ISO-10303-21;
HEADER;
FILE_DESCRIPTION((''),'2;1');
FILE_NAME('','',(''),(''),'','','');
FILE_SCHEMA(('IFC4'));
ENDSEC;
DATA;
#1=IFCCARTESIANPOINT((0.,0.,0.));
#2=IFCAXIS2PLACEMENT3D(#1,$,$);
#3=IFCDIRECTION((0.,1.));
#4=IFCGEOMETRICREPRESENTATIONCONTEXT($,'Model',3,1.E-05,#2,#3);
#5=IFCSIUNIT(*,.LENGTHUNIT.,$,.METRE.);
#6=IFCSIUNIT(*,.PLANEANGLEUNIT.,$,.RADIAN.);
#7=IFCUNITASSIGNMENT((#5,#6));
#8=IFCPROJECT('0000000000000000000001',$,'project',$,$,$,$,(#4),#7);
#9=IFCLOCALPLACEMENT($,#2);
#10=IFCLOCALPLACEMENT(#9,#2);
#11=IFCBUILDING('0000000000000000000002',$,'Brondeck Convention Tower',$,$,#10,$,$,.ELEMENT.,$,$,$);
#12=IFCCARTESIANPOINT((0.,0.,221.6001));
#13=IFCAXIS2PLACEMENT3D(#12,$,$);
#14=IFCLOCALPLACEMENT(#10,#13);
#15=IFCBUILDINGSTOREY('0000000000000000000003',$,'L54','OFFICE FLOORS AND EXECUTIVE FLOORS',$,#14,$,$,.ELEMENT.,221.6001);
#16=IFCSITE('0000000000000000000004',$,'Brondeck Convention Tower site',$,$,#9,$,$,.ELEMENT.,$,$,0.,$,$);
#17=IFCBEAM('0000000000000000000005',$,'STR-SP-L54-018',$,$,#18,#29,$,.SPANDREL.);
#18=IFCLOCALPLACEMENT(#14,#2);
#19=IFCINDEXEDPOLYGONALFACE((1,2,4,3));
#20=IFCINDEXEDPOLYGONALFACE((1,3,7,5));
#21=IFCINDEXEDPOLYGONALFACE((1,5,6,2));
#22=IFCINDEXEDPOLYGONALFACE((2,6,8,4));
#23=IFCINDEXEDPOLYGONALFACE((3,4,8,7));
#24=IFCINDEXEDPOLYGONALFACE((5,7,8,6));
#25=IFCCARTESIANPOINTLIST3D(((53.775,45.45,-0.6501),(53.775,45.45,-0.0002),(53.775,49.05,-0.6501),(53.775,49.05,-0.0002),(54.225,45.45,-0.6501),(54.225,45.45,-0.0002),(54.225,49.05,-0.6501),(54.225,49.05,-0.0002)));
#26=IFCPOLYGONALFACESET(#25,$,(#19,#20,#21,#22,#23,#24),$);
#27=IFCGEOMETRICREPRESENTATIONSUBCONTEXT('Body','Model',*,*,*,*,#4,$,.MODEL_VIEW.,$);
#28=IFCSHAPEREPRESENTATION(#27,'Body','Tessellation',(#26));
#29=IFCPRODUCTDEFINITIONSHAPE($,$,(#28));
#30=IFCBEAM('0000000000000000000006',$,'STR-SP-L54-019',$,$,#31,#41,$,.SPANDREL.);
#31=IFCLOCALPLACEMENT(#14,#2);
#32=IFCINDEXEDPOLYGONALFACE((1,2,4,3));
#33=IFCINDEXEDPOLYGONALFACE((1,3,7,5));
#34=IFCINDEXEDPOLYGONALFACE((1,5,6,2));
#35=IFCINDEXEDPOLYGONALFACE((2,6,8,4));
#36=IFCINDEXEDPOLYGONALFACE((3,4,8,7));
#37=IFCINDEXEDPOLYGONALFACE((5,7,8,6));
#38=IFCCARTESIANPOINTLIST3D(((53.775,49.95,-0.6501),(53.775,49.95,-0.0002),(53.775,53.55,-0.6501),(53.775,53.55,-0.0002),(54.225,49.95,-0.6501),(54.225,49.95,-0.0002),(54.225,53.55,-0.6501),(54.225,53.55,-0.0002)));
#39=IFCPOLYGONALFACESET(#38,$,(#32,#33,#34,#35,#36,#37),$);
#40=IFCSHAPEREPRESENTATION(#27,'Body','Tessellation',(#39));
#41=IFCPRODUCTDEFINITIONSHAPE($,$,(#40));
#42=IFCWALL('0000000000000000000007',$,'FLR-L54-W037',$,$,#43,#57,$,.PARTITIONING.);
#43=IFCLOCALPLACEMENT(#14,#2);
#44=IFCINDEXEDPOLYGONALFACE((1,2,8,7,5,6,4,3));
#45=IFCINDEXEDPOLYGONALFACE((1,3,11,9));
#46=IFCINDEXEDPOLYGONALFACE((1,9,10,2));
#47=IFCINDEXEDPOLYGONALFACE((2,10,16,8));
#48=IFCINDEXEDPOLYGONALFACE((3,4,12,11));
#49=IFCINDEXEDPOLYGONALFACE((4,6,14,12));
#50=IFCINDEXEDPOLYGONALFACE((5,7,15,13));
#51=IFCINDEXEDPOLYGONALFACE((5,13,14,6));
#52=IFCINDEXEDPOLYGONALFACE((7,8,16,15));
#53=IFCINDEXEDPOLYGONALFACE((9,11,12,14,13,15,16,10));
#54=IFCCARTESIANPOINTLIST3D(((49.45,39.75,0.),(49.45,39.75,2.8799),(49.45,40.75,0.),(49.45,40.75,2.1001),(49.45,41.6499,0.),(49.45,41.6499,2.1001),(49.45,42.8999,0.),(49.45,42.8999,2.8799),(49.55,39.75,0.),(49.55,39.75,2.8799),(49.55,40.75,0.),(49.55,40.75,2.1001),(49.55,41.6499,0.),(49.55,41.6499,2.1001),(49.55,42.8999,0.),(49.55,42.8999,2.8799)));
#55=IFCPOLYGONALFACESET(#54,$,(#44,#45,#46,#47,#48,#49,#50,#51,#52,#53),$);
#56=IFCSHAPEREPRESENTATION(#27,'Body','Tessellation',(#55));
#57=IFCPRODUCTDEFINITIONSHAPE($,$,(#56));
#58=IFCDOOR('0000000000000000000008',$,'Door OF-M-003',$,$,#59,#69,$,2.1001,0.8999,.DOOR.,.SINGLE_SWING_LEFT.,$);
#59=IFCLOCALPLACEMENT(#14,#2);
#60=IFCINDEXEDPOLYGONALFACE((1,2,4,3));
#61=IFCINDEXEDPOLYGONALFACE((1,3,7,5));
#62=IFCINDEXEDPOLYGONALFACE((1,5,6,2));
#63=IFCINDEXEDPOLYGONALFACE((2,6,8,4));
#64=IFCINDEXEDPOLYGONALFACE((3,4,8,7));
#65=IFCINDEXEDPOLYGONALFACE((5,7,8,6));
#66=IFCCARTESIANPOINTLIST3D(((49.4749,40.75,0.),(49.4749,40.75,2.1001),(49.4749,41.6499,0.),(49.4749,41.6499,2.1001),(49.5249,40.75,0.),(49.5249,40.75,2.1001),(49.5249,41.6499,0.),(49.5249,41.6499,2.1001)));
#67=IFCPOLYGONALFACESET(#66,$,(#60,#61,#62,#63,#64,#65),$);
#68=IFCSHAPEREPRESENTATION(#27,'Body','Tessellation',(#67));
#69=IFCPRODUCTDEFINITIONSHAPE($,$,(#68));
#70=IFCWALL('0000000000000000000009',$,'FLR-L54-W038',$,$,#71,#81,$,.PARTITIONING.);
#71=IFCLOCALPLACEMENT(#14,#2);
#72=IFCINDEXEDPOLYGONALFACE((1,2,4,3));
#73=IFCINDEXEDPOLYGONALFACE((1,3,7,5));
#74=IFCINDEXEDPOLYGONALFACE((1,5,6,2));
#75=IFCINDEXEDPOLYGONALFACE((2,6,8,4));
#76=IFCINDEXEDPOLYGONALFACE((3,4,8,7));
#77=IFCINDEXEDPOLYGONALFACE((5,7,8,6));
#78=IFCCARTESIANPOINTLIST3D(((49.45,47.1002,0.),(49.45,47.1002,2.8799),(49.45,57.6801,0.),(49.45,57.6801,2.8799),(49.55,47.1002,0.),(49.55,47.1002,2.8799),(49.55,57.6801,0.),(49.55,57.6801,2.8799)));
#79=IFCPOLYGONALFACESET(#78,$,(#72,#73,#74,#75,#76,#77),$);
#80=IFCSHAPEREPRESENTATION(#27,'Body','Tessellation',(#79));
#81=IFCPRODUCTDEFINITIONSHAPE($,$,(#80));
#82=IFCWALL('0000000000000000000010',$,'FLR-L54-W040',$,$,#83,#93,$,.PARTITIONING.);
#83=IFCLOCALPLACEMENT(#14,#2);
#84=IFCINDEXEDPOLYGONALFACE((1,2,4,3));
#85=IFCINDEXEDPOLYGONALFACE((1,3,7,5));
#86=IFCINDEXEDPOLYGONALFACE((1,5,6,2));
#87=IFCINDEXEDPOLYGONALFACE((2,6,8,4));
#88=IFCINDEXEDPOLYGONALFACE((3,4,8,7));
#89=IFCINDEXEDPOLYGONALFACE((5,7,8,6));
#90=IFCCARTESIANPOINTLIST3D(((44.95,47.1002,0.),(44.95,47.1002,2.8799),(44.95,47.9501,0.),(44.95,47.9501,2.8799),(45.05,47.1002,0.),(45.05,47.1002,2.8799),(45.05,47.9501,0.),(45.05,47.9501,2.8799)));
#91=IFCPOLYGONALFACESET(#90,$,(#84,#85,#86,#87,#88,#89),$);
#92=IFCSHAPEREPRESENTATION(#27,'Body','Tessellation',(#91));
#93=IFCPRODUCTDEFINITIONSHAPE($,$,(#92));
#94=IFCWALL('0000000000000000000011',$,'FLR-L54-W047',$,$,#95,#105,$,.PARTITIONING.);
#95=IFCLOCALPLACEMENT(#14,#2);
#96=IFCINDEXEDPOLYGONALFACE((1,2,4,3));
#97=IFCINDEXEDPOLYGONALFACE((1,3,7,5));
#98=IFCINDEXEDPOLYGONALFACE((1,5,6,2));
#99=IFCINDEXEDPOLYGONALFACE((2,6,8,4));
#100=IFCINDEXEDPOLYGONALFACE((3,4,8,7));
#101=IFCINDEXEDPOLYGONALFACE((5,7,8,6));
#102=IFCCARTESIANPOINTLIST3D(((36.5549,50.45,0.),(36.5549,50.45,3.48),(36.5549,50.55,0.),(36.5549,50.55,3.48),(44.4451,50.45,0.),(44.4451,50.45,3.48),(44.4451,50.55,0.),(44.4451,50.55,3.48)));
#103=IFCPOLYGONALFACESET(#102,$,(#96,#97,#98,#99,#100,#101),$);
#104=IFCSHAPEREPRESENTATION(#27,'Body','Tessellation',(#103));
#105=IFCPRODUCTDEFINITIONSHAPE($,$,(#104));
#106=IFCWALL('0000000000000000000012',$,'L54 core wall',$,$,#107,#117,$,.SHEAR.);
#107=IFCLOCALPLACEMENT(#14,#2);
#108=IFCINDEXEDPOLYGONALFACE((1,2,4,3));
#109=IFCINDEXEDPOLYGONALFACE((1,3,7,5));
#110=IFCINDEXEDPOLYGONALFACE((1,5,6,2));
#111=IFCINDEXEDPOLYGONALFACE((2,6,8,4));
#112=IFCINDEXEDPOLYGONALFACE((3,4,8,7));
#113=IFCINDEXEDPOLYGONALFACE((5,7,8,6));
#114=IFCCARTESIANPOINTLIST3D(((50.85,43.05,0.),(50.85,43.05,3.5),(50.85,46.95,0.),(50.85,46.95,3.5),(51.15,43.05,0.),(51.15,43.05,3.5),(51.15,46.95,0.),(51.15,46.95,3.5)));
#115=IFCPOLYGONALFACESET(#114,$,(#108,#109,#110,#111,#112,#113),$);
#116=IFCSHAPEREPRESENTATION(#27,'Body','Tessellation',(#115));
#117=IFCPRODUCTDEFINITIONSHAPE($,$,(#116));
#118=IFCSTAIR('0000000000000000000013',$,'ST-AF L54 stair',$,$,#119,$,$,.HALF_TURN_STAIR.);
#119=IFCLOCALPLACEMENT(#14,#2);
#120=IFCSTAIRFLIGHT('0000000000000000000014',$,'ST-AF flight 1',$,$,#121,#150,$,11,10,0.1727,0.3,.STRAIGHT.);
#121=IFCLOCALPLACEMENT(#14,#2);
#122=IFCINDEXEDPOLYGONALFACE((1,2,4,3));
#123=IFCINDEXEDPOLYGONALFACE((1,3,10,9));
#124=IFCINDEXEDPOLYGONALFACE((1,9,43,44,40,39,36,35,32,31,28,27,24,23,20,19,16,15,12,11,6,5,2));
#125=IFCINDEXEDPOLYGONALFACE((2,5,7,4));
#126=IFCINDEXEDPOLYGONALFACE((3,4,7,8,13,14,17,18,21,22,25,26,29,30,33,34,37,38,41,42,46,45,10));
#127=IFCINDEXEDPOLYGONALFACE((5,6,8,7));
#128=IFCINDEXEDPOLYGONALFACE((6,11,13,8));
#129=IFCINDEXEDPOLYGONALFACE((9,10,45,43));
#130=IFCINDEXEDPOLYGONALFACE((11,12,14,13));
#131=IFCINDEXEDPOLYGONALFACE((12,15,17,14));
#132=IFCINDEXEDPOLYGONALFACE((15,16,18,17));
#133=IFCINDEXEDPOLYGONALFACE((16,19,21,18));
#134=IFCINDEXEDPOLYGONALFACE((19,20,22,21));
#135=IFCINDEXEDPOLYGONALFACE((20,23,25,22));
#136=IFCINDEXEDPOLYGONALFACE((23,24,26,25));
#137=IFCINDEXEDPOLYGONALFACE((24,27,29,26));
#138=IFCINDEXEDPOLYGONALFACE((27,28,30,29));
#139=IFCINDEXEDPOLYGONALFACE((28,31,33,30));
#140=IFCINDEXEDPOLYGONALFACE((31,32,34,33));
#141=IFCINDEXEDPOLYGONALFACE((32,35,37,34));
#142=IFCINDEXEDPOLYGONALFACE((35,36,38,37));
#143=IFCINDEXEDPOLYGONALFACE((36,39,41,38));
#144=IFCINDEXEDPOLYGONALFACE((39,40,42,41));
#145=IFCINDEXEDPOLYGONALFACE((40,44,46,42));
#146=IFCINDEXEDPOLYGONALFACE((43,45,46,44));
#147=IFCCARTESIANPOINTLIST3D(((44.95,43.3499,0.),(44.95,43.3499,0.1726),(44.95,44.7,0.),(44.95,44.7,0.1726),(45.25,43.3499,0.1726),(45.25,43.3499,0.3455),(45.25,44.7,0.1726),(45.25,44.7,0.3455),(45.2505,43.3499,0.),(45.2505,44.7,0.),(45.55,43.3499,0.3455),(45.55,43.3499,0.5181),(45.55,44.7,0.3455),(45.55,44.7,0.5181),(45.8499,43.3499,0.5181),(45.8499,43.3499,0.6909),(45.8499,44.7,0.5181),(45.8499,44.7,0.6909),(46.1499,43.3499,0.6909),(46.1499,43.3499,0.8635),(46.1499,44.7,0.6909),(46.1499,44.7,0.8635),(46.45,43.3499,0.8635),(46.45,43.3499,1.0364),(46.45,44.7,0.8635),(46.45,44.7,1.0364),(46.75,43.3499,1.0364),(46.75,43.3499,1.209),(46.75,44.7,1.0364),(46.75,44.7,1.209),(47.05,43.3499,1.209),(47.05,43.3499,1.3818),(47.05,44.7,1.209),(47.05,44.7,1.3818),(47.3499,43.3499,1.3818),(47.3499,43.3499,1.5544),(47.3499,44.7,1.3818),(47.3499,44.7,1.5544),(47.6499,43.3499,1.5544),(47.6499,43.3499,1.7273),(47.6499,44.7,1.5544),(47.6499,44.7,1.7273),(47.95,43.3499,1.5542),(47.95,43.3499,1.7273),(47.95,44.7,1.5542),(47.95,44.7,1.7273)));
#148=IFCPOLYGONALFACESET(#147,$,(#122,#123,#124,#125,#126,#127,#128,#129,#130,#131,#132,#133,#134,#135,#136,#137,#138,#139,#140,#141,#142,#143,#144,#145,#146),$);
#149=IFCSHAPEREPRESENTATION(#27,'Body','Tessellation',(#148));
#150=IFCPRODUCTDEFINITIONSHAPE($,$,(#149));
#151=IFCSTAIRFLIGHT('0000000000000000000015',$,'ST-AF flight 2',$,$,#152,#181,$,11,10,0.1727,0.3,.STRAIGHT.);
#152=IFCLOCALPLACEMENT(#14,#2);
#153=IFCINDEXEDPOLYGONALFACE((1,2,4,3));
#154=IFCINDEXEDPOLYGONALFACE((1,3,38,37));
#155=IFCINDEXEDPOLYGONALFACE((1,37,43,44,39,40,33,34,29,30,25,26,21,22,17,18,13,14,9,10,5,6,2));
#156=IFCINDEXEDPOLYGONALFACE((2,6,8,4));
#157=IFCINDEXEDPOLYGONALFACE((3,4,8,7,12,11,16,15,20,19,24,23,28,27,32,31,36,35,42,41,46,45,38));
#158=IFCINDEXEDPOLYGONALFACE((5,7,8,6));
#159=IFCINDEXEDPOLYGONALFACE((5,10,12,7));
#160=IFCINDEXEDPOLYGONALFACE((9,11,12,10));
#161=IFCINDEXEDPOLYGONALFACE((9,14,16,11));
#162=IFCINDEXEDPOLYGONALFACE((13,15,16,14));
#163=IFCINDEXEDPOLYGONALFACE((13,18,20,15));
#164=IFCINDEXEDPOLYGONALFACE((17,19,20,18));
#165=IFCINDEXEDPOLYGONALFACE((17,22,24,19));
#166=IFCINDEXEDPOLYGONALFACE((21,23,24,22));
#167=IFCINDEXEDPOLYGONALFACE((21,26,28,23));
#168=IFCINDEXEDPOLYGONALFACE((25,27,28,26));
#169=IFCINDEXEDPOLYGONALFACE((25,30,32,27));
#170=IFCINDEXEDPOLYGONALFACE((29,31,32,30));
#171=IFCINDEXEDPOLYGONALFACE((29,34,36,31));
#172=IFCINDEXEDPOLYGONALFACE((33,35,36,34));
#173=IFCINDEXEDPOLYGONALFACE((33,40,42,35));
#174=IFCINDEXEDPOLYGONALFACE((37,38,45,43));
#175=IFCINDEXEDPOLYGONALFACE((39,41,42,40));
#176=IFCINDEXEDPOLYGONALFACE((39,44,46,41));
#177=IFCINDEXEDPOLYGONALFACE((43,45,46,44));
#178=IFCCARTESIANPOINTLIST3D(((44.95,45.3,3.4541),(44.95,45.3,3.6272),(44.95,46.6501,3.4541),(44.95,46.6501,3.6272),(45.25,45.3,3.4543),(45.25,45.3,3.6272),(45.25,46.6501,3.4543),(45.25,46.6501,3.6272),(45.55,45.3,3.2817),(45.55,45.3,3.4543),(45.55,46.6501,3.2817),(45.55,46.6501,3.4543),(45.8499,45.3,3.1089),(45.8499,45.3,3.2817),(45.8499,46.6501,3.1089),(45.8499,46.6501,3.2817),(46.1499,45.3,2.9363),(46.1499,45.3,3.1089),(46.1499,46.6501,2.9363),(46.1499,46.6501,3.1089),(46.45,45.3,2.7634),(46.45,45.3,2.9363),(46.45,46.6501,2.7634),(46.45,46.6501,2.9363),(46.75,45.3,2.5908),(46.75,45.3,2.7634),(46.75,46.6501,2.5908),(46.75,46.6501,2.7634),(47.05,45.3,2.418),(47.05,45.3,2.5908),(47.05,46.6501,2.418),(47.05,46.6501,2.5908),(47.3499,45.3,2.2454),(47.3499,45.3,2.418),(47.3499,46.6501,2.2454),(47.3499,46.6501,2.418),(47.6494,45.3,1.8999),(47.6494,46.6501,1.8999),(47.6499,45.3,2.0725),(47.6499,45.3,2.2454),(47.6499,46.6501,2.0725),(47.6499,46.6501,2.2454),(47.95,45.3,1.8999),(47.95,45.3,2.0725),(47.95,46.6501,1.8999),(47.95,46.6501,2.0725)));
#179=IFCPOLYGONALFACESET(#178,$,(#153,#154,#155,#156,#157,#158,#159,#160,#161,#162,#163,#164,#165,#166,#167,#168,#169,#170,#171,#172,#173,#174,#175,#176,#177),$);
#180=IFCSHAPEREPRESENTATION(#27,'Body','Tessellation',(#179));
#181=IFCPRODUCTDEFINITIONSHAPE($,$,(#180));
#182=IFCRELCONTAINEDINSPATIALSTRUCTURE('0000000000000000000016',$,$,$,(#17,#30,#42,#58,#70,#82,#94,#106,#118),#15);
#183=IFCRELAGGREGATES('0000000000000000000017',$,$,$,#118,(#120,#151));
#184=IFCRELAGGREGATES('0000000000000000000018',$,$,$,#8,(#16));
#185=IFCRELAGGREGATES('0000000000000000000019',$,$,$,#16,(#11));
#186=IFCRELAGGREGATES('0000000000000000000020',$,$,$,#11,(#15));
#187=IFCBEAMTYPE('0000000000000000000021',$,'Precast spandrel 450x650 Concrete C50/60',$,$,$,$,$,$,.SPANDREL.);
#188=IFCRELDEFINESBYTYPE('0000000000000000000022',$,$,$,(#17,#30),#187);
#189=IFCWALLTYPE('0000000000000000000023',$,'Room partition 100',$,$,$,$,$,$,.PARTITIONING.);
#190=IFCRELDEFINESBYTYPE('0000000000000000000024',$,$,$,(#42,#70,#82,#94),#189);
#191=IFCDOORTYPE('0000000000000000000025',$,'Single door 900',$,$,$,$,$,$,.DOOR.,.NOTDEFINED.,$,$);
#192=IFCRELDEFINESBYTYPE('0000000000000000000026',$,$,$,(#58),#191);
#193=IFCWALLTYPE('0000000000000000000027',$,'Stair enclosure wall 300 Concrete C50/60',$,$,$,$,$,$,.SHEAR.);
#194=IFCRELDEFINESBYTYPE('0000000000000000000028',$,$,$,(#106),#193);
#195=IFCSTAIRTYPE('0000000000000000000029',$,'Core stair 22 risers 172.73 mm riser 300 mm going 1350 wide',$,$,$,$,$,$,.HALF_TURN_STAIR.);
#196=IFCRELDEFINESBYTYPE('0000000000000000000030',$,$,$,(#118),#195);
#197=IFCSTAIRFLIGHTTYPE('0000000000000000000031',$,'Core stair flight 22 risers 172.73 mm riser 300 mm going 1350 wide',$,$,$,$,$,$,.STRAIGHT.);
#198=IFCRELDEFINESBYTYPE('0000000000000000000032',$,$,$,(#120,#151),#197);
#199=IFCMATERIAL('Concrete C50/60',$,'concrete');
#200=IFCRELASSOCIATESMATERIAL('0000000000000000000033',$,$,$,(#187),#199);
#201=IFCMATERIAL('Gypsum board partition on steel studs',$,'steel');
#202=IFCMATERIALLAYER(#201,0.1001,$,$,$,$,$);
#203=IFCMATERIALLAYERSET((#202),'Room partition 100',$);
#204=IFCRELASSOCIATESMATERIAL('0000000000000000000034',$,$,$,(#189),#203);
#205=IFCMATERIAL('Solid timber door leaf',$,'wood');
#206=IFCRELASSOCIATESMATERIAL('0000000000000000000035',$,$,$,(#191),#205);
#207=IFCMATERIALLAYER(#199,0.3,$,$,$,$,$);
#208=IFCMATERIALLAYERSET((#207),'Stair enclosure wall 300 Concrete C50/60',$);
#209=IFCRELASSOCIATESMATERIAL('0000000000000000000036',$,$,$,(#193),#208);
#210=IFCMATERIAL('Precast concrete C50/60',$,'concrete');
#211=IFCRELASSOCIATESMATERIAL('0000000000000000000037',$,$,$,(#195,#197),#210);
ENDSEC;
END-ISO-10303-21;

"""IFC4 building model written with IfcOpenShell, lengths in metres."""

from ifc_helpers import new_model, si_unit, direction, frame, frame_2d, origin, origin_2d, place, context, subcontext, project, spatial, polyline, rectangle, outline, extrude, material, layer, layer_set, material_profile, profile_set, type_object, element, fill, aggregate, save


model = new_model("IFC4")

# Units and contexts
model_context = context("Model", 3, precision=1e-05, world=origin(), true_north=direction((0.0, 1.0)))
body_context = subcontext(model_context, "Body", "Model", "MODEL_VIEW")
ifc_project = project(units=[si_unit("LENGTHUNIT", "METRE"), si_unit("PLANEANGLEUNIT", "RADIAN")], contexts=[model_context])

# Site, building, storey
site_placement = place(None, origin())
site = spatial("IfcSite", under=ifc_project, at=site_placement, Name="Brondeck Convention Tower site", CompositionType="ELEMENT", RefElevation=0.0)
building_placement = place(site_placement, origin())
building = spatial("IfcBuilding", under=site, at=building_placement, Name="Brondeck Convention Tower", CompositionType="ELEMENT")
storey_placement = place(building_placement, frame((0.0, 0.0, 221.6001)))
storey = spatial("IfcBuildingStorey", under=building, at=storey_placement, Name="L54", Description="OFFICE FLOORS AND EXECUTIVE FLOORS", CompositionType="ELEMENT", Elevation=221.6001)

# Shared definitions
ifc_material_1 = material(Name="Concrete C50/60", Category="concrete")

# Beams
ifc_material_profile_1 = material_profile(ifc_material_1, rectangle(XDim=0.45, YDim=0.6499, at=origin_2d()), Name="Precast spandrel 450x650 Concrete C50/60")
ifc_profile_set_1 = profile_set([ifc_material_profile_1], Name="Concrete C50/60")
beam_type_1 = type_object("IfcBeamType", Name="Precast spandrel 450x650 Concrete C50/60", PredefinedType="SPANDREL", material=ifc_profile_set_1)
for number, where, z_axis, x_axis, name in (
    (1, (54.0, 45.45, -0.3252), (0.0, 1.0, 0.0), (-1.0, 0.0, 0.0), "STR-SP-L54-018"),
    (2, (54.0, 49.95, -0.3252), (0.0, 1.0, 0.0), (-1.0, 0.0, 0.0), "STR-SP-L54-019"),
):
    element("IfcBeam", number, at=place(storey_placement, frame(where, z_axis=z_axis, x_axis=x_axis)), inside=storey, type_object=beam_type_1, Name=name, PredefinedType="SPANDREL", context=body_context, shape_type="SweptSolid", body=[
        extrude(rectangle(XDim=0.45, YDim=0.6499, at=origin_2d()), origin(), (0.0, 0.0, 1.0), 3.6001),
    ])

# Wall, opening, door
ifc_material_2 = material(Name="Gypsum board partition on steel studs", Category="steel")
ifc_layer_1 = layer(ifc_material_2, 0.1001)
ifc_layer_set_1 = layer_set([ifc_layer_1], Name="Room partition 100")
wall_type_1 = type_object("IfcWallType", Name="Room partition 100", PredefinedType="PARTITIONING", material=ifc_layer_set_1)
wall_1_placement = place(storey_placement, frame((49.5, 42.8999, 0.0), z_axis=(0.0, 0.0, 1.0), x_axis=(0.0, -1.0, 0.0)))
wall_1 = element("IfcWall", 3, at=wall_1_placement, inside=storey, type_object=wall_type_1, Name="FLR-L54-W037", PredefinedType="PARTITIONING", context=body_context, shape_type="SweptSolid", body=[
    extrude(rectangle(XDim=3.1499, YDim=0.1001, at=frame_2d((1.575, 0.0))), origin(), (0.0, 0.0, 1.0), 2.8799),
])
opening_placement = place(wall_1_placement, frame((1.25, 0.0, 0.0)))
opening = element("IfcOpeningElement", 4, at=opening_placement, cuts=wall_1, PredefinedType="OPENING", context=body_context, shape_type="SweptSolid", body=[
    extrude(rectangle(XDim=0.8999, YDim=2.1001, at=frame_2d((0.45, 1.05))), frame((0.0, 0.0601, 0.0), z_axis=(0.0, -1.0, 0.0), x_axis=(1.0, 0.0, 0.0)), (0.0, 0.0, 1.0), 0.1201),
])
ifc_material_3 = material(Name="Solid timber door leaf", Category="wood")
door_type = type_object("IfcDoorType", Name="Single door 900", OperationType="NOTDEFINED", PredefinedType="DOOR", material=ifc_material_3)
door_placement = place(opening_placement, origin())
door = element("IfcDoor", 5, at=door_placement, inside=storey, type_object=door_type, Name="Door OF-M-003", OperationType="SINGLE_SWING_LEFT", OverallHeight=2.1001, OverallWidth=0.8999, PredefinedType="DOOR", context=body_context, shape_type="SweptSolid", body=[
    extrude(rectangle(XDim=0.8999, YDim=2.1001, at=frame_2d((0.45, 1.05))), frame((0.0, 0.0249, 0.0), z_axis=(0.0, -1.0, 0.0), x_axis=(1.0, 0.0, 0.0)), (0.0, 0.0, 1.0), 0.05),
])
fill(opening, door)

# Walls
wall_2_placement = place(storey_placement, frame((49.5, 47.1001, 0.0), z_axis=(0.0, 0.0, 1.0), x_axis=(0.0, 1.0, 0.0)))
element("IfcWall", 6, at=wall_2_placement, inside=storey, type_object=wall_type_1, Name="FLR-L54-W038", PredefinedType="PARTITIONING", context=body_context, shape_type="SweptSolid", body=[
    extrude(rectangle(XDim=10.5798, YDim=0.1001, at=frame_2d((5.29, 0.0))), origin(), (0.0, 0.0, 1.0), 2.8799),
])
wall_3_placement = place(storey_placement, frame((45.0, 47.95, 0.0), z_axis=(0.0, 0.0, 1.0), x_axis=(0.0, -1.0, 0.0)))
element("IfcWall", 7, at=wall_3_placement, inside=storey, type_object=wall_type_1, Name="FLR-L54-W040", PredefinedType="PARTITIONING", context=body_context, shape_type="SweptSolid", body=[
    extrude(rectangle(XDim=0.8499, YDim=0.1001, at=frame_2d((0.4248, 0.0))), origin(), (0.0, 0.0, 1.0), 2.8799),
])
wall_4_placement = place(storey_placement, frame((44.4451, 50.5, 0.0), z_axis=(0.0, 0.0, 1.0), x_axis=(-1.0, 0.0, 0.0)))
element("IfcWall", 8, at=wall_4_placement, inside=storey, type_object=wall_type_1, Name="FLR-L54-W047", PredefinedType="PARTITIONING", context=body_context, shape_type="SweptSolid", body=[
    extrude(rectangle(XDim=7.8901, YDim=0.1001, at=frame_2d((3.9451, 0.0))), origin(), (0.0, 0.0, 1.0), 3.48),
])
ifc_layer_2 = layer(ifc_material_1, 0.3)
ifc_layer_set_2 = layer_set([ifc_layer_2], Name="Stair enclosure wall 300 Concrete C50/60")
wall_type_2 = type_object("IfcWallType", Name="Stair enclosure wall 300 Concrete C50/60", PredefinedType="SHEAR", material=ifc_layer_set_2)
wall_5_placement = place(storey_placement, frame((51.0, 43.05, 0.0), z_axis=(0.0, 0.0, 1.0), x_axis=(0.0, 1.0, 0.0)))
element("IfcWall", 9, at=wall_5_placement, inside=storey, type_object=wall_type_2, Name="L54 core wall", PredefinedType="SHEAR", context=body_context, shape_type="SweptSolid", body=[
    extrude(rectangle(XDim=3.8999, YDim=0.3, at=frame_2d((1.95, 0.0))), origin(), (0.0, 0.0, 1.0), 3.5),
])

# Stair, stair flights
ifc_material_4 = material(Name="Precast concrete C50/60", Category="concrete")
stair_type = type_object("IfcStairType", Name="Core stair 22 risers 172.73 mm riser 300 mm going 1350 wide", PredefinedType="HALF_TURN_STAIR", material=ifc_material_4)
stair_placement = place(storey_placement, origin())
stair = element("IfcStair", 10, at=stair_placement, inside=storey, type_object=stair_type, Name="ST-AF L54 stair", PredefinedType="HALF_TURN_STAIR")
stair_flight_type = type_object("IfcStairFlightType", Name="Core stair flight 22 risers 172.73 mm riser 300 mm going 1350 wide", PredefinedType="STRAIGHT", material=ifc_material_4)
stair_flight_1_placement = place(storey_placement, frame((44.95, 44.0249, 0.0), z_axis=(0.0, 0.0, 1.0), x_axis=(1.0, 0.0, 0.0)))
stair_flight_1 = element("IfcStairFlight", 11, at=stair_flight_1_placement, type_object=stair_flight_type, Name="ST-AF flight 1", NumberOfRisers=11, NumberOfTreads=10, PredefinedType="STRAIGHT", RiserHeight=0.1727, TreadLength=0.3, context=body_context, shape_type="SweptSolid", body=[
    extrude(outline(polyline([(0.0, 0.0), (0.0, 0.1726), (0.3, 0.1726), (0.3, 0.3455), (0.6001, 0.3455), (0.6001, 0.5181), (0.8999, 0.5181), (0.8999, 0.6909), (1.2, 0.6909), (1.2, 0.8635), (1.5, 0.8635), (1.5, 1.0364), (1.8, 1.0364), (1.8, 1.209), (2.1001, 1.209), (2.1001, 1.3818), (2.3999, 1.3818), (2.3999, 1.5544), (2.7, 1.5544), (2.7, 1.7273), (3.0, 1.7273), (3.0, 1.8999), (3.0, 1.5542), (0.3005, 0.0), (0.0, 0.0)])), frame((0.0, 0.675, 0.0), z_axis=(0.0, -1.0, 0.0), x_axis=(1.0, 0.0, 0.0)), (0.0, 0.0, 1.0), 1.3501),
])
stair_flight_2_placement = place(storey_placement, frame((47.95, 45.9751, 1.8999), z_axis=(0.0, 0.0, 1.0), x_axis=(-1.0, 0.0, 0.0)))
stair_flight_2 = element("IfcStairFlight", 12, at=stair_flight_2_placement, type_object=stair_flight_type, Name="ST-AF flight 2", NumberOfRisers=11, NumberOfTreads=10, PredefinedType="STRAIGHT", RiserHeight=0.1727, TreadLength=0.3, context=body_context, shape_type="SweptSolid", body=[
    extrude(outline(polyline([(0.0, 0.0), (0.0, 0.1726), (0.3, 0.1726), (0.3, 0.3455), (0.6001, 0.3455), (0.6001, 0.5181), (0.8999, 0.5181), (0.8999, 0.6909), (1.2, 0.6909), (1.2, 0.8635), (1.5, 0.8635), (1.5, 1.0364), (1.8, 1.0364), (1.8, 1.209), (2.1001, 1.209), (2.1001, 1.3818), (2.3999, 1.3818), (2.3999, 1.5544), (2.7, 1.5544), (2.7, 1.7273), (3.0, 1.7273), (3.0, 1.8999), (3.0, 1.5542), (0.3005, 0.0), (0.0, 0.0)])), frame((0.0, 0.675, 0.0), z_axis=(0.0, -1.0, 0.0), x_axis=(1.0, 0.0, 0.0)), (0.0, 0.0, 1.0), 1.3501),
])
aggregate(stair, [stair_flight_1, stair_flight_2])

save(model, "model.ifc")
